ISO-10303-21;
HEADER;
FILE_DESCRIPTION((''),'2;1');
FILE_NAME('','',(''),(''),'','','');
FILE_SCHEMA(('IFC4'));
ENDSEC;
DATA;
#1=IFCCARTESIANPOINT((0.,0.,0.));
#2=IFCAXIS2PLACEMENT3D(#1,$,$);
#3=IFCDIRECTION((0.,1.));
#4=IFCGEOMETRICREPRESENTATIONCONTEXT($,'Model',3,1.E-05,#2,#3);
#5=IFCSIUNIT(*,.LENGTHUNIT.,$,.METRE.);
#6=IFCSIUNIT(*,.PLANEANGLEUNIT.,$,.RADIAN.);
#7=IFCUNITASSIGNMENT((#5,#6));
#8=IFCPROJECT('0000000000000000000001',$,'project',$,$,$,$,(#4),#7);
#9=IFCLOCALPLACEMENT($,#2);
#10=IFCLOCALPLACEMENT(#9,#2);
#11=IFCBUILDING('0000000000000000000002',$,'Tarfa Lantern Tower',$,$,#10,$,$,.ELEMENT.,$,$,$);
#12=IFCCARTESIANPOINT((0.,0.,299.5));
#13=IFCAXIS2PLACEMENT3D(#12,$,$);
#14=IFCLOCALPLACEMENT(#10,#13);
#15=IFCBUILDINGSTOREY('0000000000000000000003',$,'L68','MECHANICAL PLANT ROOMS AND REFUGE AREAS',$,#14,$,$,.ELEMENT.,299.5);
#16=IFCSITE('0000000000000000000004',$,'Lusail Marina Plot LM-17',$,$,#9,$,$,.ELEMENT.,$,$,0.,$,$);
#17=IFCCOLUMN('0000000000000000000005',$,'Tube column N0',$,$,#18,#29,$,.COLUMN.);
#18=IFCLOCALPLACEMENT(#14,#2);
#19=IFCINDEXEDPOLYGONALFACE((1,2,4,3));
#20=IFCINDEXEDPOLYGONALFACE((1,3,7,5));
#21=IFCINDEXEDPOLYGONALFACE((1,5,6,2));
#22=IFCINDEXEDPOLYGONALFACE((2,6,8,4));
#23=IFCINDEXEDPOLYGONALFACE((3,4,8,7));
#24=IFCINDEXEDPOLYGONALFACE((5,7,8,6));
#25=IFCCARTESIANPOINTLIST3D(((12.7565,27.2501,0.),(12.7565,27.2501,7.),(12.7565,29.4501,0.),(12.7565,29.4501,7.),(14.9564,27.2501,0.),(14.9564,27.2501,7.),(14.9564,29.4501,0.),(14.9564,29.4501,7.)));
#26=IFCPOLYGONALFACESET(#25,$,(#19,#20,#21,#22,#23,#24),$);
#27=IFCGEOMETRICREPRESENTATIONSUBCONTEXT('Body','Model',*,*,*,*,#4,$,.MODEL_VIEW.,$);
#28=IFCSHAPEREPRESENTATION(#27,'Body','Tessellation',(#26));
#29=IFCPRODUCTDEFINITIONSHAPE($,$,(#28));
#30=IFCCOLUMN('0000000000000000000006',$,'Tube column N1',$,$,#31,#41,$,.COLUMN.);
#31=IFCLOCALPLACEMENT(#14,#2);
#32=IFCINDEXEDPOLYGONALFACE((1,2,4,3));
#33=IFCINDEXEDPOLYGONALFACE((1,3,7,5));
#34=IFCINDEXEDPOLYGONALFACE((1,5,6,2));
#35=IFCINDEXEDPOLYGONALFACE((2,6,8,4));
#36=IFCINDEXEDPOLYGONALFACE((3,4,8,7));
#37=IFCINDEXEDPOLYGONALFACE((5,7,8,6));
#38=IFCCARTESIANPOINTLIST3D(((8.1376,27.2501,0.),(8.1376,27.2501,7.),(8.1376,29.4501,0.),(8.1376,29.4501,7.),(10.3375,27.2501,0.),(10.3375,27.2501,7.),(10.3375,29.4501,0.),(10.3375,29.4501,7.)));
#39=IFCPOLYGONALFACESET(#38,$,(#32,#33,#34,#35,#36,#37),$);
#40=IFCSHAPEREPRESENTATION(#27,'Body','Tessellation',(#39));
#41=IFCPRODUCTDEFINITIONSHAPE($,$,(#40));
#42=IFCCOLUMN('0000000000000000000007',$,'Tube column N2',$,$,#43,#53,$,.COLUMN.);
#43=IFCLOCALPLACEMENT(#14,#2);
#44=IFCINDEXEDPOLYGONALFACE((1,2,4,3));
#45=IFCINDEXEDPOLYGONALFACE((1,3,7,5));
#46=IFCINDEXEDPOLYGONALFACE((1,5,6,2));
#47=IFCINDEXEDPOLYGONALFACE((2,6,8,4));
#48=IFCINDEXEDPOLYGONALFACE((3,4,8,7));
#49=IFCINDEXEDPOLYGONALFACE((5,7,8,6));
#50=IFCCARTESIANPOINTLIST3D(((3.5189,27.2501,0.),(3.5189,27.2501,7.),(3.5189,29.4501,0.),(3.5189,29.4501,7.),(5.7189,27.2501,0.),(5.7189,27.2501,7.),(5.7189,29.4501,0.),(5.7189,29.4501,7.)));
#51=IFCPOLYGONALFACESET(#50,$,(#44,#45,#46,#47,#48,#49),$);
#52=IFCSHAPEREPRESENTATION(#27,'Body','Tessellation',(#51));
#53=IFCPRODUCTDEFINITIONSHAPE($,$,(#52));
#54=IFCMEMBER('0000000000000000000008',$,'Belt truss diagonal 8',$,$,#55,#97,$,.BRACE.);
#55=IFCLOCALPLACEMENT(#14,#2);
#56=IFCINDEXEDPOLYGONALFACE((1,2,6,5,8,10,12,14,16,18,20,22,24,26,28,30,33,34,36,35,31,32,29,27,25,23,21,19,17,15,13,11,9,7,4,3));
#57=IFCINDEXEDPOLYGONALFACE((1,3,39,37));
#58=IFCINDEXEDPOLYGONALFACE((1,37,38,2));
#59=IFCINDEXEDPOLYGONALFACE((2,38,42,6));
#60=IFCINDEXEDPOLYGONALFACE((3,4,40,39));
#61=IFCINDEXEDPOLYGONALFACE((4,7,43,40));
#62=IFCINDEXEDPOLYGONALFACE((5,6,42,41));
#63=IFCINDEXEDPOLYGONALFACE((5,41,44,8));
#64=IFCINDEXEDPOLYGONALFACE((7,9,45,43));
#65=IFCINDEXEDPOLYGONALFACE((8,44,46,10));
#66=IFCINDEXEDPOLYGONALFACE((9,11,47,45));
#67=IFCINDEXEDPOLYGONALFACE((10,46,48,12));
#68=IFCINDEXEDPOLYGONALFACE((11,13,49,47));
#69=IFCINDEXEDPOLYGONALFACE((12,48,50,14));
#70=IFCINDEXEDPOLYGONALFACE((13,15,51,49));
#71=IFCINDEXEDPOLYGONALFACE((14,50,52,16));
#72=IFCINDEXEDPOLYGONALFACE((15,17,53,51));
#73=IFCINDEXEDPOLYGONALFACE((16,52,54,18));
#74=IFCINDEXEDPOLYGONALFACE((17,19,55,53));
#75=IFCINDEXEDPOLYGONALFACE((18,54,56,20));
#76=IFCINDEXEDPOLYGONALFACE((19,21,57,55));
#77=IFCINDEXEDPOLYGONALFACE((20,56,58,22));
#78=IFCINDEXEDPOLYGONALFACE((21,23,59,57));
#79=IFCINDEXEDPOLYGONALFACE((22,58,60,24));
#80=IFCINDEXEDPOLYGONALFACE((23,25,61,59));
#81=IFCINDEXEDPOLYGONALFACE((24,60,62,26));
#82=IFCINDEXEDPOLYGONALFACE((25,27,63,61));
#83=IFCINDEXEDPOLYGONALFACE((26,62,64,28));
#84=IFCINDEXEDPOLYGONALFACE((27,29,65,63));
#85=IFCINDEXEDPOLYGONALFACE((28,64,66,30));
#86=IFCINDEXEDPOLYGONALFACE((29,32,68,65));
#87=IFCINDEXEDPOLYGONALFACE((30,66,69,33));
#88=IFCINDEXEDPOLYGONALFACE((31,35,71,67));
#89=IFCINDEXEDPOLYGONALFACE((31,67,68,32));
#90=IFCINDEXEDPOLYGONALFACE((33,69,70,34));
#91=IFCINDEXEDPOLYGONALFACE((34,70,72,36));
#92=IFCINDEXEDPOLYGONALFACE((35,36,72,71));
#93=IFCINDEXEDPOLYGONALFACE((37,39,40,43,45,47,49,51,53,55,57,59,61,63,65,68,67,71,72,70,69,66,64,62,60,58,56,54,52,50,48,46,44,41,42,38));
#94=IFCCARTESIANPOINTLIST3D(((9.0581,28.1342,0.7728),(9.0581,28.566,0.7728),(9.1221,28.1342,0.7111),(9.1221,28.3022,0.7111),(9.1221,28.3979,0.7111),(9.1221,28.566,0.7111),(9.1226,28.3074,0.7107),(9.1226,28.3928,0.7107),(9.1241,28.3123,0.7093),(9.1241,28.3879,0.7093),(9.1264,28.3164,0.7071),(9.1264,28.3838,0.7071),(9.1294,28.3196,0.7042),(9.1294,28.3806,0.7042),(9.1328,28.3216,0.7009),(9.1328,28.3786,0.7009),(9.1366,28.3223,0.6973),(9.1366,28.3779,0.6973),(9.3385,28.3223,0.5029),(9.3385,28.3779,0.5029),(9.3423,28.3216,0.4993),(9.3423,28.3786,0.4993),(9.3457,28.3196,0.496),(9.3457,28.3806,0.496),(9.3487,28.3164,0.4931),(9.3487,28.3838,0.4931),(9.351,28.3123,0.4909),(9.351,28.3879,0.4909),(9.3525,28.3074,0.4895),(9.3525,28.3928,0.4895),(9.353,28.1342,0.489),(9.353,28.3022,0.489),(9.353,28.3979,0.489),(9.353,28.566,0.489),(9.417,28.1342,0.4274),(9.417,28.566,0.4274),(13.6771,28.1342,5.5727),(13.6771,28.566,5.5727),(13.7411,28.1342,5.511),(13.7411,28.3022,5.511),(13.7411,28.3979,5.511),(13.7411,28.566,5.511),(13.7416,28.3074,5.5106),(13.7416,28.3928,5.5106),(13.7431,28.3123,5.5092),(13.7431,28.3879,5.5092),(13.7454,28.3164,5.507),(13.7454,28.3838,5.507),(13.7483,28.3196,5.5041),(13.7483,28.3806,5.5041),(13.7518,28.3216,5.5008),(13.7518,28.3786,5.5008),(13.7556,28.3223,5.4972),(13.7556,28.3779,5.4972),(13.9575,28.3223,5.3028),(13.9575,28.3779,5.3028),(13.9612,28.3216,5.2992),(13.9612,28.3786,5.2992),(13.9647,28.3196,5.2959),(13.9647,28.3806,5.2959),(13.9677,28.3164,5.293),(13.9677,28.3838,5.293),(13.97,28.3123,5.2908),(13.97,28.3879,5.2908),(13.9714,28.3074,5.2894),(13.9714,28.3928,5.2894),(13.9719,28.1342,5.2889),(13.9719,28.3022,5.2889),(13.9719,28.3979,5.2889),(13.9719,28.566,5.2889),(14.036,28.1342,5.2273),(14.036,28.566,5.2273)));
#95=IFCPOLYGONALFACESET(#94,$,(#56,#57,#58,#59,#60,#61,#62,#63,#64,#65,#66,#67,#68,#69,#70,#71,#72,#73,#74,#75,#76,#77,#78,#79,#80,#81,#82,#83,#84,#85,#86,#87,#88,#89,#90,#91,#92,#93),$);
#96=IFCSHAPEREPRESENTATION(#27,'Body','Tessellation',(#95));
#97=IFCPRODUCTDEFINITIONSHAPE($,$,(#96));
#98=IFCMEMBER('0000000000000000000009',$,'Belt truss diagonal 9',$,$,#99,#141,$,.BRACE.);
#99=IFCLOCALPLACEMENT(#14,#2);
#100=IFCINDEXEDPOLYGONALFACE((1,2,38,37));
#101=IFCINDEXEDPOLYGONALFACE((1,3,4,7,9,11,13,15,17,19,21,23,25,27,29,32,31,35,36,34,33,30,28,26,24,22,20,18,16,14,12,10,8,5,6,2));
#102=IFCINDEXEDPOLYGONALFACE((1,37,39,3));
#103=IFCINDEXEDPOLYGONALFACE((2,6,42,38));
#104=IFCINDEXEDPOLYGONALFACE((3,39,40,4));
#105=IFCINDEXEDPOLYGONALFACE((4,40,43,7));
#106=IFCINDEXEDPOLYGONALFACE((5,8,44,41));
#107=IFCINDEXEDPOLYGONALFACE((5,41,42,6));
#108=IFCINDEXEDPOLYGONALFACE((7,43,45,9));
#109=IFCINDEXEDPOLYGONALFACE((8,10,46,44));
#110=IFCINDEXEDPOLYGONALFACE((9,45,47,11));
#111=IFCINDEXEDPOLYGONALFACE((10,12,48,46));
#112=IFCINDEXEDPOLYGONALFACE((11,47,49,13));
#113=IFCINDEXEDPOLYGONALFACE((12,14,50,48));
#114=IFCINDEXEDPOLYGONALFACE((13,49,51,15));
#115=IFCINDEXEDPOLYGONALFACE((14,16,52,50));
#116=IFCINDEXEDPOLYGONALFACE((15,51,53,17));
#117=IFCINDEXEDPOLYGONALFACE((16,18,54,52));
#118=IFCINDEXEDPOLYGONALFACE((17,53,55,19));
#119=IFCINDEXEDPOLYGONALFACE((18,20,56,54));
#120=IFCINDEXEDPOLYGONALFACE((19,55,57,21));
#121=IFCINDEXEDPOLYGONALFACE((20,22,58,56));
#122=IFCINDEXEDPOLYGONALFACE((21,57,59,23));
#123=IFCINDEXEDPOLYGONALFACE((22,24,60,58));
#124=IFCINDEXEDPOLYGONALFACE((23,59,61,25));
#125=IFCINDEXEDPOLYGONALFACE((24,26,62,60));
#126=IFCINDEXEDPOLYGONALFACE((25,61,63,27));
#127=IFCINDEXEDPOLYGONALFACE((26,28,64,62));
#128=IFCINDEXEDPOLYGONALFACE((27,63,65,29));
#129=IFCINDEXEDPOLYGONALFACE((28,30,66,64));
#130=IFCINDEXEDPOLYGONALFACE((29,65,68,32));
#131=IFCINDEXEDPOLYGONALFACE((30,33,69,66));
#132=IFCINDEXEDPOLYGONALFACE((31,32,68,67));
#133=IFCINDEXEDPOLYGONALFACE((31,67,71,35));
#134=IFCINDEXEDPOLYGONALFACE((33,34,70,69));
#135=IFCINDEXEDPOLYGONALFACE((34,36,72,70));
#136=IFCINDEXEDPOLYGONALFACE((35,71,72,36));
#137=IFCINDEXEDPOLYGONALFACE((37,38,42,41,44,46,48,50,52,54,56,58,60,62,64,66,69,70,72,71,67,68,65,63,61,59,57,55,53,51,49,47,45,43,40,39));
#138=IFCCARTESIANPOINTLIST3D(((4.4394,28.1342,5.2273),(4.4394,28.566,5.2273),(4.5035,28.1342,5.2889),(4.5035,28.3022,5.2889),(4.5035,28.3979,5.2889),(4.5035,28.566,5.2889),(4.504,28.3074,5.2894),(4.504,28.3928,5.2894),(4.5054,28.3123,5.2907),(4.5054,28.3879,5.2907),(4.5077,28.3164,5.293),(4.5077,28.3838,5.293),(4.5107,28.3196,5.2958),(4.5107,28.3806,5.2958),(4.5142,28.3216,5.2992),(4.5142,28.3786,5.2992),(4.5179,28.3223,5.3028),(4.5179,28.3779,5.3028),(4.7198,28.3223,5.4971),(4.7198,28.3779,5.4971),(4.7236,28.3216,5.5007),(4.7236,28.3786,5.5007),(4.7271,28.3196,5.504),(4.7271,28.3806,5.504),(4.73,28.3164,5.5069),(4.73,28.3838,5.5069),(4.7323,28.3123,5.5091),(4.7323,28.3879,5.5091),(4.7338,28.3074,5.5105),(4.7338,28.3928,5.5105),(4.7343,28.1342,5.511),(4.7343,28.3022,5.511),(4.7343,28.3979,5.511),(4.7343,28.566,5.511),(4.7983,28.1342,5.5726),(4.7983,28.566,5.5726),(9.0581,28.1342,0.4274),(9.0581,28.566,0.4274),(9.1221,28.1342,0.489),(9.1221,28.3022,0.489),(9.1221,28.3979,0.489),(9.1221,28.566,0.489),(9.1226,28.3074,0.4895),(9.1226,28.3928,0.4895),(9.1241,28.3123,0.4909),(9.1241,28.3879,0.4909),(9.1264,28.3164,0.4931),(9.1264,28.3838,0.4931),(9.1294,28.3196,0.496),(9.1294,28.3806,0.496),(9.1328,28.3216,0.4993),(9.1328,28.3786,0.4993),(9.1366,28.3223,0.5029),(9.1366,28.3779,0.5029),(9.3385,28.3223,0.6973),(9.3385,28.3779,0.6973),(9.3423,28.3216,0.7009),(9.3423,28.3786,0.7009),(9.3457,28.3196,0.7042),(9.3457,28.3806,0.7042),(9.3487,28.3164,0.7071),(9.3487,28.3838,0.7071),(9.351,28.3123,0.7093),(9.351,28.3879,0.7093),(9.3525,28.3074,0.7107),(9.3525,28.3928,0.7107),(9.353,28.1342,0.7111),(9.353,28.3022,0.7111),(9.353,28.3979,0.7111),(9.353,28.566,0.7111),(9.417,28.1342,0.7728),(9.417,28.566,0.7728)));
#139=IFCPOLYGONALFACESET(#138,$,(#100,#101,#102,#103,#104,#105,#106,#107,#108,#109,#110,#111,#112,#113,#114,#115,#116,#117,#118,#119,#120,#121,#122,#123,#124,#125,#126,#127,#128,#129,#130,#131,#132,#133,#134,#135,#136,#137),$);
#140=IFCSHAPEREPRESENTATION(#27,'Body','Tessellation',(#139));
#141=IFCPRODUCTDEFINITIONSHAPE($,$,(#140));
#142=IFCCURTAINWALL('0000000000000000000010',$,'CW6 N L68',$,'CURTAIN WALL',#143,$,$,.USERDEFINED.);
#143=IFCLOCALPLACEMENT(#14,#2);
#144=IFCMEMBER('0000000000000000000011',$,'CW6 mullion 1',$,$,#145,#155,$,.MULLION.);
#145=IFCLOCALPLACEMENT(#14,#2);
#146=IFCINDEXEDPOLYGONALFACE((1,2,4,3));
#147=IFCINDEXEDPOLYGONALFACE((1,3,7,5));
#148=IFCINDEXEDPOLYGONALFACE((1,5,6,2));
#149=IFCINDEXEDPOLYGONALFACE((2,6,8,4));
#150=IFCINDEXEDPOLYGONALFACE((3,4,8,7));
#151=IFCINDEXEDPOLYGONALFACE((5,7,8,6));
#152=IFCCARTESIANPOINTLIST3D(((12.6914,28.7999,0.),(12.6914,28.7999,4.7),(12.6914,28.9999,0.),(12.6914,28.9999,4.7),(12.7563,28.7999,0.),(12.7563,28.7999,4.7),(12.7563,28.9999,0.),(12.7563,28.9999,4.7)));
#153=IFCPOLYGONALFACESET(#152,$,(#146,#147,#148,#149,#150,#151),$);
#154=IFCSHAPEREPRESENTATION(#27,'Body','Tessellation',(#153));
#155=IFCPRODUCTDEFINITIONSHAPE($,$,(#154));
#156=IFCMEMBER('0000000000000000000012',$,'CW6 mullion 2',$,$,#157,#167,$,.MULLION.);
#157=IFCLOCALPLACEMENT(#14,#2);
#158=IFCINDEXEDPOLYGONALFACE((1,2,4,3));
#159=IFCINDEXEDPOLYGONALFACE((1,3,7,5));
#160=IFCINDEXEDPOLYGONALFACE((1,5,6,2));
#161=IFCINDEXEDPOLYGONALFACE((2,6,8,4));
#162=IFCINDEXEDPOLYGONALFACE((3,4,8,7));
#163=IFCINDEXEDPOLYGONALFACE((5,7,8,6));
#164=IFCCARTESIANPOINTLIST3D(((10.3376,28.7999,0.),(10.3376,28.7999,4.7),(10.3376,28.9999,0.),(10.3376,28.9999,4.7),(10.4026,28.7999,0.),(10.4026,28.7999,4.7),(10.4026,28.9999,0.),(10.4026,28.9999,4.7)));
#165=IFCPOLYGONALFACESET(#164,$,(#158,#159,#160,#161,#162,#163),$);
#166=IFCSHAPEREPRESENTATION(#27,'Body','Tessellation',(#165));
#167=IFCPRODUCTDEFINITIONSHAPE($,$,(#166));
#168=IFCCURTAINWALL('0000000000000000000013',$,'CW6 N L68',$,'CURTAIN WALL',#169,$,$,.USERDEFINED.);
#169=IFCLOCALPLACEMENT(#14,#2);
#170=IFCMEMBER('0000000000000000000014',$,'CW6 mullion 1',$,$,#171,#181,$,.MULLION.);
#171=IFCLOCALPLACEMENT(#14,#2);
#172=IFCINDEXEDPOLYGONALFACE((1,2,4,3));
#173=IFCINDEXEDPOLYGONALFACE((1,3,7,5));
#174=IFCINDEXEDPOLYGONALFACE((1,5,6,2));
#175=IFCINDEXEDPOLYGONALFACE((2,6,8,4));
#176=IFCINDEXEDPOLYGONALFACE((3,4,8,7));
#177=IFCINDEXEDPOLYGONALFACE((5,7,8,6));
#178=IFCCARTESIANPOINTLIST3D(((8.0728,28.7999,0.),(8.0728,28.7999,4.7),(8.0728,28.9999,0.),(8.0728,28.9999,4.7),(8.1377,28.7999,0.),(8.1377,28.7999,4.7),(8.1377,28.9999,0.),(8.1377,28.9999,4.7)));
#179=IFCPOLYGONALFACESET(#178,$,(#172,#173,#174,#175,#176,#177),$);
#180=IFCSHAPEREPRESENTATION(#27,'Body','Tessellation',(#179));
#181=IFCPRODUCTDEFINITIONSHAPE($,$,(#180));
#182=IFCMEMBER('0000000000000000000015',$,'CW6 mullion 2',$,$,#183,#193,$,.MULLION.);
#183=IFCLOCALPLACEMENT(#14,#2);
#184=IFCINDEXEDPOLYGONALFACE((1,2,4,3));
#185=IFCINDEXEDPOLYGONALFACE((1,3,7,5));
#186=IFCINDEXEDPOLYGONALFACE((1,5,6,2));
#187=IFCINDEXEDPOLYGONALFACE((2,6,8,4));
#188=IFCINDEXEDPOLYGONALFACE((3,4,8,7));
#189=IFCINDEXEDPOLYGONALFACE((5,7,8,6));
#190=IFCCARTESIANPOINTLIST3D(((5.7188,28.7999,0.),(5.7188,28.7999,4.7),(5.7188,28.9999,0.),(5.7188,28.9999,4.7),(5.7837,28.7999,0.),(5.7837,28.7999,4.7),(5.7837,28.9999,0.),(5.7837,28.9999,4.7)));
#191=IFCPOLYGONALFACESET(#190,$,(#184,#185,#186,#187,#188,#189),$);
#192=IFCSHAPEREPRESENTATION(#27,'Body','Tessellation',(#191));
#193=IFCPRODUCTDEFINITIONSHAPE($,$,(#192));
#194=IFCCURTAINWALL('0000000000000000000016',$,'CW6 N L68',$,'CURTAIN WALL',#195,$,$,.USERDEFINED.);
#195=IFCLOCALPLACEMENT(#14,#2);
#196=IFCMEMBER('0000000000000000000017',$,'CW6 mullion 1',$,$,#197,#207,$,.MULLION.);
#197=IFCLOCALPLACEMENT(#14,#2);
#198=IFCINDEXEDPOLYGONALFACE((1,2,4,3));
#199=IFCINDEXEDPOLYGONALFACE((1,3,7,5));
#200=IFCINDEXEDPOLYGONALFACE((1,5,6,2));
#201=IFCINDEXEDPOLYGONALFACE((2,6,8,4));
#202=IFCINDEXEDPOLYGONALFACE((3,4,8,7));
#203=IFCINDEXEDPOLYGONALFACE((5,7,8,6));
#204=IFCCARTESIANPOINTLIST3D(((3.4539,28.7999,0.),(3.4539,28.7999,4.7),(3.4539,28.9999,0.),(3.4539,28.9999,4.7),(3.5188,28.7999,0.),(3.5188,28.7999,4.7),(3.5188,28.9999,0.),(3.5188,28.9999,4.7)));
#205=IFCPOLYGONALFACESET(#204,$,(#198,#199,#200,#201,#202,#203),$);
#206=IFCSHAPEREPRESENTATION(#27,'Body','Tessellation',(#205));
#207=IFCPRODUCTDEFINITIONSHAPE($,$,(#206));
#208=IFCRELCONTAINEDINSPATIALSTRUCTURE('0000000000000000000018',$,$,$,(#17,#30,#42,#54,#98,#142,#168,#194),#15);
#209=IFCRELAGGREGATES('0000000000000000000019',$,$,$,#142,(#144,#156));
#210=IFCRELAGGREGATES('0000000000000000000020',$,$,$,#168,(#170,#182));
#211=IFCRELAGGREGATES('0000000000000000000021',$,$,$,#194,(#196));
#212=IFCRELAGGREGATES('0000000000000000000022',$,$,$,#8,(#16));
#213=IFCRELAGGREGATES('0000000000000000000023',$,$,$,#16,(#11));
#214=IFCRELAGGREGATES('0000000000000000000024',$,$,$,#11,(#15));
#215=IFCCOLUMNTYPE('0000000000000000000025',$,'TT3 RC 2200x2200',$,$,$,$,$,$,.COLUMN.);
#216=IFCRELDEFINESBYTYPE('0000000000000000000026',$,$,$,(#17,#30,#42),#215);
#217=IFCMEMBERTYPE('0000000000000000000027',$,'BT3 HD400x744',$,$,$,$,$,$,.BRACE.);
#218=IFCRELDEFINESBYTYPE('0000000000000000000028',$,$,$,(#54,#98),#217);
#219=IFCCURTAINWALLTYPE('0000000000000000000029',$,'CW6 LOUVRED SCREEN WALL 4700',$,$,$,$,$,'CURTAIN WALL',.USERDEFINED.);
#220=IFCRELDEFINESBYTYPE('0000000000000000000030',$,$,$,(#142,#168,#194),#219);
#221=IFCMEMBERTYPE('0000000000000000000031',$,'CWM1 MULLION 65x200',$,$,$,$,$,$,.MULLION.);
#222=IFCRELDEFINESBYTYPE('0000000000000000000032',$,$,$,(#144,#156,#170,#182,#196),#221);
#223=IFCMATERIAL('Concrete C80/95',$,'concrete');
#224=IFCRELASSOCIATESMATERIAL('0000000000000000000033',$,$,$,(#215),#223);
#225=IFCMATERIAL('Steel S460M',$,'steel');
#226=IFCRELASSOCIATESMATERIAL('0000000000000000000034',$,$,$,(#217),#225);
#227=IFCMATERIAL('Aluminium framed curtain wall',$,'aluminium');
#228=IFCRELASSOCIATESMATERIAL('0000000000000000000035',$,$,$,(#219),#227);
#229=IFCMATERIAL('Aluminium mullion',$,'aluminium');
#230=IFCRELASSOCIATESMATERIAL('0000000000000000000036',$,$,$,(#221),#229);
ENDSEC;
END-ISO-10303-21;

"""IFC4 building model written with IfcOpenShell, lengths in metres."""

from ifc_helpers import new_model, si_unit, direction, frame, origin, origin_2d, place, context, subcontext, project, spatial, rectangle, i_section, extrude, material, material_profile, profile_set, type_object, element, aggregate, save


model = new_model("IFC4")

# Units and contexts
model_context = context("Model", 3, precision=1e-05, world=origin(), true_north=direction((0.0, 1.0)))
body_context = subcontext(model_context, "Body", "Model", "MODEL_VIEW")
ifc_project = project(units=[si_unit("LENGTHUNIT", "METRE"), si_unit("PLANEANGLEUNIT", "RADIAN")], contexts=[model_context])

# Site, building, storey
site_placement = place(None, origin())
site = spatial("IfcSite", under=ifc_project, at=site_placement, Name="Lusail Marina Plot LM-17", CompositionType="ELEMENT", RefElevation=0.0)
building_placement = place(site_placement, origin())
building = spatial("IfcBuilding", under=site, at=building_placement, Name="Tarfa Lantern Tower", CompositionType="ELEMENT")
storey_placement = place(building_placement, frame((0.0, 0.0, 299.5)))
storey = spatial("IfcBuildingStorey", under=building, at=storey_placement, Name="L68", Description="MECHANICAL PLANT ROOMS AND REFUGE AREAS", CompositionType="ELEMENT", Elevation=299.5)

# Columns
ifc_material_1 = material(Name="Concrete C80/95", Category="concrete")
ifc_material_profile_1 = material_profile(ifc_material_1, rectangle(XDim=2.2, YDim=2.2, at=origin_2d()), Name="RC 2200x2200")
ifc_profile_set_1 = profile_set([ifc_material_profile_1], Name="Concrete C80/95")
column_type = type_object("IfcColumnType", Name="TT3 RC 2200x2200", PredefinedType="COLUMN", material=ifc_profile_set_1)
for number, where, z_axis, x_axis, name in (
    (1, (13.8564, 28.3501, 0.0), (0.0, 0.0, 1.0), (-1.0, 0.0, 0.0), "Tube column N0"),
    (2, (9.2375, 28.3501, 0.0), (0.0, 0.0, 1.0), (-1.0, 0.0, 0.0), "Tube column N1"),
    (3, (4.6189, 28.3501, 0.0), (0.0, 0.0, 1.0), (-1.0, 0.0, 0.0), "Tube column N2"),
):
    element("IfcColumn", number, at=place(storey_placement, frame(where, z_axis=z_axis, x_axis=x_axis)), inside=storey, type_object=column_type, Name=name, PredefinedType="COLUMN", context=body_context, shape_type="SweptSolid", body=[
        extrude(rectangle(XDim=2.2, YDim=2.2, at=origin_2d()), origin(), (0.0, 0.0, 1.0), 7.0),
    ])

# Members
ifc_material_2 = material(Name="Steel S460M", Category="steel")
ifc_material_profile_2 = material_profile(ifc_material_2, i_section(OverallWidth=0.4319, OverallDepth=0.498, WebThickness=0.0557, FlangeThickness=0.0889, FilletRadius=0.02, at=origin_2d()), Name="HD400x744")
ifc_profile_set_2 = profile_set([ifc_material_profile_2], Name="Steel S460M")
member_type_1 = type_object("IfcMemberType", Name="BT3 HD400x744", PredefinedType="BRACE", material=ifc_profile_set_2)
member_1_placement = place(storey_placement, frame((9.2375, 28.3501, 0.6001), z_axis=(0.693397, 0.0, 0.720556), x_axis=(0.0, 1.0, 0.0)))
element("IfcMember", 4, at=member_1_placement, inside=storey, type_object=member_type_1, Name="Belt truss diagonal 8", PredefinedType="BRACE", context=body_context, shape_type="SweptSolid", body=[
    extrude(i_section(OverallWidth=0.4319, OverallDepth=0.498, WebThickness=0.0557, FlangeThickness=0.0889, FilletRadius=0.02, at=origin_2d()), origin(), (0.0, 0.0, 1.0), 6.6614),
])
member_2_placement = place(storey_placement, frame((9.2375, 28.3501, 0.6001), z_axis=(-0.693378, 0.0, 0.720574), x_axis=(0.0, -1.0, 0.0)))
element("IfcMember", 5, at=member_2_placement, inside=storey, type_object=member_type_1, Name="Belt truss diagonal 9", PredefinedType="BRACE", context=body_context, shape_type="SweptSolid", body=[
    extrude(i_section(OverallWidth=0.4319, OverallDepth=0.498, WebThickness=0.0557, FlangeThickness=0.0889, FilletRadius=0.02, at=origin_2d()), origin(), (0.0, 0.0, 1.0), 6.6611),
])

# Curtain walls, members
ifc_material_3 = material(Name="Aluminium framed curtain wall", Category="aluminium")
curtain_wall_type = type_object("IfcCurtainWallType", Name="CW6 LOUVRED SCREEN WALL 4700", ElementType="CURTAIN WALL", PredefinedType="USERDEFINED", material=ifc_material_3)
curtain_wall_1_placement = place(storey_placement, origin())
curtain_wall_1 = element("IfcCurtainWall", 6, at=curtain_wall_1_placement, inside=storey, type_object=curtain_wall_type, Name="CW6 N L68", ObjectType="CURTAIN WALL", PredefinedType="USERDEFINED")
ifc_material_4 = material(Name="Aluminium mullion", Category="aluminium")
ifc_material_profile_3 = material_profile(ifc_material_4, rectangle(XDim=0.0649, YDim=0.2, at=origin_2d()), Name="AL MULLION 65x200")
ifc_profile_set_3 = profile_set([ifc_material_profile_3], Name="Aluminium mullion")
member_type_2 = type_object("IfcMemberType", Name="CWM1 MULLION 65x200", PredefinedType="MULLION", material=ifc_profile_set_3)
member_3_placement = place(storey_placement, frame((12.7239, 28.8999, 0.0), z_axis=(0.0, 0.0, 1.0), x_axis=(1.0, 0.0, 0.0)))
member_3 = element("IfcMember", 7, at=member_3_placement, type_object=member_type_2, Name="CW6 mullion 1", PredefinedType="MULLION", context=body_context, shape_type="SweptSolid", body=[
    extrude(rectangle(XDim=0.0649, YDim=0.2, at=origin_2d()), origin(), (0.0, 0.0, 1.0), 4.7),
])
member_4_placement = place(storey_placement, frame((10.3701, 28.8999, 0.0), z_axis=(0.0, 0.0, 1.0), x_axis=(1.0, 0.0, 0.0)))
member_4 = element("IfcMember", 8, at=member_4_placement, type_object=member_type_2, Name="CW6 mullion 2", PredefinedType="MULLION", context=body_context, shape_type="SweptSolid", body=[
    extrude(rectangle(XDim=0.0649, YDim=0.2, at=origin_2d()), origin(), (0.0, 0.0, 1.0), 4.7),
])
curtain_wall_2_placement = place(storey_placement, origin())
curtain_wall_2 = element("IfcCurtainWall", 9, at=curtain_wall_2_placement, inside=storey, type_object=curtain_wall_type, Name="CW6 N L68", ObjectType="CURTAIN WALL", PredefinedType="USERDEFINED")
member_5_placement = place(storey_placement, frame((8.1052, 28.8999, 0.0), z_axis=(0.0, 0.0, 1.0), x_axis=(1.0, 0.0, 0.0)))
member_5 = element("IfcMember", 10, at=member_5_placement, type_object=member_type_2, Name="CW6 mullion 1", PredefinedType="MULLION", context=body_context, shape_type="SweptSolid", body=[
    extrude(rectangle(XDim=0.0649, YDim=0.2, at=origin_2d()), origin(), (0.0, 0.0, 1.0), 4.7),
])
member_6_placement = place(storey_placement, frame((5.7512, 28.8999, 0.0), z_axis=(0.0, 0.0, 1.0), x_axis=(1.0, 0.0, 0.0)))
member_6 = element("IfcMember", 11, at=member_6_placement, type_object=member_type_2, Name="CW6 mullion 2", PredefinedType="MULLION", context=body_context, shape_type="SweptSolid", body=[
    extrude(rectangle(XDim=0.0649, YDim=0.2, at=origin_2d()), origin(), (0.0, 0.0, 1.0), 4.7),
])
curtain_wall_3_placement = place(storey_placement, origin())
curtain_wall_3 = element("IfcCurtainWall", 12, at=curtain_wall_3_placement, inside=storey, type_object=curtain_wall_type, Name="CW6 N L68", ObjectType="CURTAIN WALL", PredefinedType="USERDEFINED")
member_7_placement = place(storey_placement, frame((3.4863, 28.8999, 0.0), z_axis=(0.0, 0.0, 1.0), x_axis=(1.0, 0.0, 0.0)))
member_7 = element("IfcMember", 13, at=member_7_placement, type_object=member_type_2, Name="CW6 mullion 1", PredefinedType="MULLION", context=body_context, shape_type="SweptSolid", body=[
    extrude(rectangle(XDim=0.0649, YDim=0.2, at=origin_2d()), origin(), (0.0, 0.0, 1.0), 4.7),
])

aggregate(curtain_wall_1, [member_3, member_4])
aggregate(curtain_wall_2, [member_5, member_6])
aggregate(curtain_wall_3, [member_7])

save(model, "model.ifc")
